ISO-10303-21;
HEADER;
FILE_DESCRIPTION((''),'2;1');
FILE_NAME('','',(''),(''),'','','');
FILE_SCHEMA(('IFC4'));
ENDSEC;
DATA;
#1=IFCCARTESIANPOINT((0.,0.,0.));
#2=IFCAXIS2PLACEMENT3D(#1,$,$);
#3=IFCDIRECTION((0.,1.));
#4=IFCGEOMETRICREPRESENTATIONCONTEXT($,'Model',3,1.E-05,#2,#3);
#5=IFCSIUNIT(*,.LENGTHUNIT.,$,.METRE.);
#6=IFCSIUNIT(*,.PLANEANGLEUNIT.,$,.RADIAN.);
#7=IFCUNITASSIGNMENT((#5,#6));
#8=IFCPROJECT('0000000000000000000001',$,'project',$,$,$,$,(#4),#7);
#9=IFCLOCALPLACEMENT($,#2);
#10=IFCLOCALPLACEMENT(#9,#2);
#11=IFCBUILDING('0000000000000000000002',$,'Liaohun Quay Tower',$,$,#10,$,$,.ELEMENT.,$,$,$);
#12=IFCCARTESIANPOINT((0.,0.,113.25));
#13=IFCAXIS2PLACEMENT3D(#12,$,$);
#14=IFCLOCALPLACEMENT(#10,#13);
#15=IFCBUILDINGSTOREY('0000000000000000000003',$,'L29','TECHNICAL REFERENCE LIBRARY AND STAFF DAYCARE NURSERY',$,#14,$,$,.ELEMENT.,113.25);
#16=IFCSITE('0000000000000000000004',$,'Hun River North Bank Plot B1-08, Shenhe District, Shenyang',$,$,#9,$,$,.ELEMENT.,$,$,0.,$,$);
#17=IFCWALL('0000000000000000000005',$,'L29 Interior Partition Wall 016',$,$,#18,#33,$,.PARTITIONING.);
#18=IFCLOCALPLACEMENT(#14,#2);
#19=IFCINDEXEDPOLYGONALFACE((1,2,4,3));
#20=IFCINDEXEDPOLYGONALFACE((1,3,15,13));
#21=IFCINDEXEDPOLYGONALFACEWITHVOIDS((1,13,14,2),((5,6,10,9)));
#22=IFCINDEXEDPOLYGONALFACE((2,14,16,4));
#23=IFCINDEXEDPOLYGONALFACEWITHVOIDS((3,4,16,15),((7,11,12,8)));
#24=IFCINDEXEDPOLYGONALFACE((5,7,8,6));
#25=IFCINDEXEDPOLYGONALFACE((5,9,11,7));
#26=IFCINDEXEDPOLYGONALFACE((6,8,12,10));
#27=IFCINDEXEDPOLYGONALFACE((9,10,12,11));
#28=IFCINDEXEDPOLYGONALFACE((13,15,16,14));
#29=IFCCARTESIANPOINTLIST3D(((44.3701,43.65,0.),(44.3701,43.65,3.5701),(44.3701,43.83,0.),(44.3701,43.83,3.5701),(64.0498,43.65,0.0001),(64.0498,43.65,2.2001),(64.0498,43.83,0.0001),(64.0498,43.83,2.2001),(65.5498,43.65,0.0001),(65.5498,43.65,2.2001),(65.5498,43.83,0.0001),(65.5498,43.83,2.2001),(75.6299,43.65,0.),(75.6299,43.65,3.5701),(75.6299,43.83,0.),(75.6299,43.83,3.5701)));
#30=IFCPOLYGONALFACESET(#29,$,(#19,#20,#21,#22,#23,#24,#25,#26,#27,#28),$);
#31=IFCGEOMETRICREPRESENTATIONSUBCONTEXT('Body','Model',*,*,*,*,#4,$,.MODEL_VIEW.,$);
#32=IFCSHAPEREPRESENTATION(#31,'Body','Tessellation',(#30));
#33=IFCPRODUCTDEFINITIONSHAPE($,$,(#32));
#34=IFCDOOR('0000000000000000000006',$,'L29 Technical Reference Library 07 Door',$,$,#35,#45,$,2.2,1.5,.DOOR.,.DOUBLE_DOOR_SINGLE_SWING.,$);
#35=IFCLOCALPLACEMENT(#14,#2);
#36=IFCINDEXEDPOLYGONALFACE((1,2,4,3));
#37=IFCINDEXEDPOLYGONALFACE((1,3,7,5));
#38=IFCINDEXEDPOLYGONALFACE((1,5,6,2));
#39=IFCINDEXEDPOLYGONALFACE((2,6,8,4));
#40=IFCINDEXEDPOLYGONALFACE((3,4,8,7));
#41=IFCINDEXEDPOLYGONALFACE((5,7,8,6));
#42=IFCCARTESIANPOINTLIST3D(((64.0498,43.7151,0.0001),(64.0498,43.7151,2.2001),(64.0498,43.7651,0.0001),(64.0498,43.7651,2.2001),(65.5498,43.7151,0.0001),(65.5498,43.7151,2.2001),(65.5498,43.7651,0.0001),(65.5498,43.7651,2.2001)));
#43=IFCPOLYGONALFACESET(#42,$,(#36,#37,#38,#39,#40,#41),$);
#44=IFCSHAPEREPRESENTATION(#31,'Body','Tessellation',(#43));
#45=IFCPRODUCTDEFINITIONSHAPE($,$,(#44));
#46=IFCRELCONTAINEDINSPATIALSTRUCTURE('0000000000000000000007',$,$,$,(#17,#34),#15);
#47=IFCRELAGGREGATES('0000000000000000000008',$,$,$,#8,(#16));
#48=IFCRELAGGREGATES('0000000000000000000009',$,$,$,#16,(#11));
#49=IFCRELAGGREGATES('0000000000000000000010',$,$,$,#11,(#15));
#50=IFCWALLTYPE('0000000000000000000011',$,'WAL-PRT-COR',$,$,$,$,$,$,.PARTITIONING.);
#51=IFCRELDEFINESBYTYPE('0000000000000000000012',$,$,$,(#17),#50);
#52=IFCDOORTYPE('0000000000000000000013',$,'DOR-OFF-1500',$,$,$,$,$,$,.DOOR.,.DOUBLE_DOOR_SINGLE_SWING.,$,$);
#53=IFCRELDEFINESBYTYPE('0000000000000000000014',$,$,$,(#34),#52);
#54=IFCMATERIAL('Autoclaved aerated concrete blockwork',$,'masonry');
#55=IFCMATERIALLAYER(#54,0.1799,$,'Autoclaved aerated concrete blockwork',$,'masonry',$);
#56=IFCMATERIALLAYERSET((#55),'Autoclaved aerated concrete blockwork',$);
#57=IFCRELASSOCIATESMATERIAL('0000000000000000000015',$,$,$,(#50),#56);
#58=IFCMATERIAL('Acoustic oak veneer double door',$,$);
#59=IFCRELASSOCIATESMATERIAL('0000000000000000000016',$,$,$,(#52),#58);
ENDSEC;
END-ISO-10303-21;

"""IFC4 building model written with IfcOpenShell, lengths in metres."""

from ifc_helpers import new_model, si_unit, direction, frame, frame_2d, origin, place, context, subcontext, project, spatial, rectangle, extrude, source, transform, mapped, material, layer, layer_set, type_object, element, fill, save


model = new_model("IFC4")

# Units and contexts
model_context = context("Model", 3, precision=1e-05, world=origin(), true_north=direction((0.0, 1.0)))
body_context = subcontext(model_context, "Body", "Model", "MODEL_VIEW")
ifc_project = project(units=[si_unit("LENGTHUNIT", "METRE"), si_unit("PLANEANGLEUNIT", "RADIAN")], contexts=[model_context])

# Site, building, storey
site_placement = place(None, origin())
site = spatial("IfcSite", under=ifc_project, at=site_placement, Name="Hun River North Bank Plot B1-08, Shenhe District, Shenyang", CompositionType="ELEMENT", RefElevation=0.0)
building_placement = place(site_placement, origin())
building = spatial("IfcBuilding", under=site, at=building_placement, Name="Liaohun Quay Tower", CompositionType="ELEMENT")
storey_placement = place(building_placement, frame((0.0, 0.0, 113.25)))
storey = spatial("IfcBuildingStorey", under=building, at=storey_placement, Name="L29", Description="TECHNICAL REFERENCE LIBRARY AND STAFF DAYCARE NURSERY", CompositionType="ELEMENT", Elevation=113.25)

# Wall, opening, door
ifc_material_1 = material(Name="Autoclaved aerated concrete blockwork", Category="masonry")
ifc_layer_1 = layer(ifc_material_1, 0.1799, Name="Autoclaved aerated concrete blockwork", Category="masonry")
ifc_layer_set_1 = layer_set([ifc_layer_1], Name="Autoclaved aerated concrete blockwork")
wall_type_1 = type_object("IfcWallType", Name="WAL-PRT-COR", PredefinedType="PARTITIONING", material=ifc_layer_set_1)
wall_1_placement = place(storey_placement, frame((75.6299, 43.74, 0.0), z_axis=(0.0, 0.0, 1.0), x_axis=(-1.0, 0.0, 0.0)))
wall_1 = element("IfcWall", 1, at=wall_1_placement, inside=storey, type_object=wall_type_1, Name="L29 Interior Partition Wall 016", PredefinedType="PARTITIONING", context=body_context, shape_type="SweptSolid", body=[
    extrude(rectangle(XDim=31.2598, YDim=0.1799, at=frame_2d((15.6299, 0.0))), origin(), (0.0, 0.0, 1.0), 3.5701),
])
shared_shape_1 = source(origin(), body_context, "Body", "SweptSolid", [
    extrude(rectangle(XDim=1.5, YDim=2.2, at=frame_2d((0.75, 1.1001))), frame((0.0, 0.0999, 0.0), z_axis=(0.0, -1.0, 0.0), x_axis=(1.0, 0.0, 0.0)), (0.0, 0.0, 1.0), 0.2),
])
opening_1_placement = place(wall_1_placement, frame((10.0801, 0.0, 0.0)))
opening_1 = element("IfcOpeningElement", 2, at=opening_1_placement, cuts=wall_1, PredefinedType="OPENING", context=body_context, shape_type="MappedRepresentation", body=[
    mapped(shared_shape_1, transform((0.0, 0.0, 0.0), x_axis=(1.0, 0.0, 0.0), y_axis=(0.0, 1.0, 0.0), z_axis=(0.0, 0.0, 1.0), scale=1.0)),
])
ifc_material_2 = material(Name="Acoustic oak veneer double door")
door_type = type_object("IfcDoorType", Name="DOR-OFF-1500", OperationType="DOUBLE_DOOR_SINGLE_SWING", PredefinedType="DOOR", material=ifc_material_2)
shared_shape_2 = source(origin(), body_context, "Body", "SweptSolid", [
    extrude(rectangle(XDim=1.5, YDim=2.2, at=frame_2d((0.75, 1.1001))), frame((0.0, 0.0249, 0.0), z_axis=(0.0, -1.0, 0.0), x_axis=(1.0, 0.0, 0.0)), (0.0, 0.0, 1.0), 0.05),
])
door_placement = place(opening_1_placement, origin())
door = element("IfcDoor", 3, at=door_placement, inside=storey, type_object=door_type, Name="L29 Technical Reference Library 07 Door", OperationType="DOUBLE_DOOR_SINGLE_SWING", OverallHeight=2.2, OverallWidth=1.5, PredefinedType="DOOR", context=body_context, shape_type="MappedRepresentation", body=[
    mapped(shared_shape_2, transform((0.0, 0.0, 0.0), x_axis=(1.0, 0.0, 0.0), y_axis=(0.0, 1.0, 0.0), z_axis=(0.0, 0.0, 1.0), scale=1.0)),
])
fill(opening_1, door)

save(model, "model.ifc")
